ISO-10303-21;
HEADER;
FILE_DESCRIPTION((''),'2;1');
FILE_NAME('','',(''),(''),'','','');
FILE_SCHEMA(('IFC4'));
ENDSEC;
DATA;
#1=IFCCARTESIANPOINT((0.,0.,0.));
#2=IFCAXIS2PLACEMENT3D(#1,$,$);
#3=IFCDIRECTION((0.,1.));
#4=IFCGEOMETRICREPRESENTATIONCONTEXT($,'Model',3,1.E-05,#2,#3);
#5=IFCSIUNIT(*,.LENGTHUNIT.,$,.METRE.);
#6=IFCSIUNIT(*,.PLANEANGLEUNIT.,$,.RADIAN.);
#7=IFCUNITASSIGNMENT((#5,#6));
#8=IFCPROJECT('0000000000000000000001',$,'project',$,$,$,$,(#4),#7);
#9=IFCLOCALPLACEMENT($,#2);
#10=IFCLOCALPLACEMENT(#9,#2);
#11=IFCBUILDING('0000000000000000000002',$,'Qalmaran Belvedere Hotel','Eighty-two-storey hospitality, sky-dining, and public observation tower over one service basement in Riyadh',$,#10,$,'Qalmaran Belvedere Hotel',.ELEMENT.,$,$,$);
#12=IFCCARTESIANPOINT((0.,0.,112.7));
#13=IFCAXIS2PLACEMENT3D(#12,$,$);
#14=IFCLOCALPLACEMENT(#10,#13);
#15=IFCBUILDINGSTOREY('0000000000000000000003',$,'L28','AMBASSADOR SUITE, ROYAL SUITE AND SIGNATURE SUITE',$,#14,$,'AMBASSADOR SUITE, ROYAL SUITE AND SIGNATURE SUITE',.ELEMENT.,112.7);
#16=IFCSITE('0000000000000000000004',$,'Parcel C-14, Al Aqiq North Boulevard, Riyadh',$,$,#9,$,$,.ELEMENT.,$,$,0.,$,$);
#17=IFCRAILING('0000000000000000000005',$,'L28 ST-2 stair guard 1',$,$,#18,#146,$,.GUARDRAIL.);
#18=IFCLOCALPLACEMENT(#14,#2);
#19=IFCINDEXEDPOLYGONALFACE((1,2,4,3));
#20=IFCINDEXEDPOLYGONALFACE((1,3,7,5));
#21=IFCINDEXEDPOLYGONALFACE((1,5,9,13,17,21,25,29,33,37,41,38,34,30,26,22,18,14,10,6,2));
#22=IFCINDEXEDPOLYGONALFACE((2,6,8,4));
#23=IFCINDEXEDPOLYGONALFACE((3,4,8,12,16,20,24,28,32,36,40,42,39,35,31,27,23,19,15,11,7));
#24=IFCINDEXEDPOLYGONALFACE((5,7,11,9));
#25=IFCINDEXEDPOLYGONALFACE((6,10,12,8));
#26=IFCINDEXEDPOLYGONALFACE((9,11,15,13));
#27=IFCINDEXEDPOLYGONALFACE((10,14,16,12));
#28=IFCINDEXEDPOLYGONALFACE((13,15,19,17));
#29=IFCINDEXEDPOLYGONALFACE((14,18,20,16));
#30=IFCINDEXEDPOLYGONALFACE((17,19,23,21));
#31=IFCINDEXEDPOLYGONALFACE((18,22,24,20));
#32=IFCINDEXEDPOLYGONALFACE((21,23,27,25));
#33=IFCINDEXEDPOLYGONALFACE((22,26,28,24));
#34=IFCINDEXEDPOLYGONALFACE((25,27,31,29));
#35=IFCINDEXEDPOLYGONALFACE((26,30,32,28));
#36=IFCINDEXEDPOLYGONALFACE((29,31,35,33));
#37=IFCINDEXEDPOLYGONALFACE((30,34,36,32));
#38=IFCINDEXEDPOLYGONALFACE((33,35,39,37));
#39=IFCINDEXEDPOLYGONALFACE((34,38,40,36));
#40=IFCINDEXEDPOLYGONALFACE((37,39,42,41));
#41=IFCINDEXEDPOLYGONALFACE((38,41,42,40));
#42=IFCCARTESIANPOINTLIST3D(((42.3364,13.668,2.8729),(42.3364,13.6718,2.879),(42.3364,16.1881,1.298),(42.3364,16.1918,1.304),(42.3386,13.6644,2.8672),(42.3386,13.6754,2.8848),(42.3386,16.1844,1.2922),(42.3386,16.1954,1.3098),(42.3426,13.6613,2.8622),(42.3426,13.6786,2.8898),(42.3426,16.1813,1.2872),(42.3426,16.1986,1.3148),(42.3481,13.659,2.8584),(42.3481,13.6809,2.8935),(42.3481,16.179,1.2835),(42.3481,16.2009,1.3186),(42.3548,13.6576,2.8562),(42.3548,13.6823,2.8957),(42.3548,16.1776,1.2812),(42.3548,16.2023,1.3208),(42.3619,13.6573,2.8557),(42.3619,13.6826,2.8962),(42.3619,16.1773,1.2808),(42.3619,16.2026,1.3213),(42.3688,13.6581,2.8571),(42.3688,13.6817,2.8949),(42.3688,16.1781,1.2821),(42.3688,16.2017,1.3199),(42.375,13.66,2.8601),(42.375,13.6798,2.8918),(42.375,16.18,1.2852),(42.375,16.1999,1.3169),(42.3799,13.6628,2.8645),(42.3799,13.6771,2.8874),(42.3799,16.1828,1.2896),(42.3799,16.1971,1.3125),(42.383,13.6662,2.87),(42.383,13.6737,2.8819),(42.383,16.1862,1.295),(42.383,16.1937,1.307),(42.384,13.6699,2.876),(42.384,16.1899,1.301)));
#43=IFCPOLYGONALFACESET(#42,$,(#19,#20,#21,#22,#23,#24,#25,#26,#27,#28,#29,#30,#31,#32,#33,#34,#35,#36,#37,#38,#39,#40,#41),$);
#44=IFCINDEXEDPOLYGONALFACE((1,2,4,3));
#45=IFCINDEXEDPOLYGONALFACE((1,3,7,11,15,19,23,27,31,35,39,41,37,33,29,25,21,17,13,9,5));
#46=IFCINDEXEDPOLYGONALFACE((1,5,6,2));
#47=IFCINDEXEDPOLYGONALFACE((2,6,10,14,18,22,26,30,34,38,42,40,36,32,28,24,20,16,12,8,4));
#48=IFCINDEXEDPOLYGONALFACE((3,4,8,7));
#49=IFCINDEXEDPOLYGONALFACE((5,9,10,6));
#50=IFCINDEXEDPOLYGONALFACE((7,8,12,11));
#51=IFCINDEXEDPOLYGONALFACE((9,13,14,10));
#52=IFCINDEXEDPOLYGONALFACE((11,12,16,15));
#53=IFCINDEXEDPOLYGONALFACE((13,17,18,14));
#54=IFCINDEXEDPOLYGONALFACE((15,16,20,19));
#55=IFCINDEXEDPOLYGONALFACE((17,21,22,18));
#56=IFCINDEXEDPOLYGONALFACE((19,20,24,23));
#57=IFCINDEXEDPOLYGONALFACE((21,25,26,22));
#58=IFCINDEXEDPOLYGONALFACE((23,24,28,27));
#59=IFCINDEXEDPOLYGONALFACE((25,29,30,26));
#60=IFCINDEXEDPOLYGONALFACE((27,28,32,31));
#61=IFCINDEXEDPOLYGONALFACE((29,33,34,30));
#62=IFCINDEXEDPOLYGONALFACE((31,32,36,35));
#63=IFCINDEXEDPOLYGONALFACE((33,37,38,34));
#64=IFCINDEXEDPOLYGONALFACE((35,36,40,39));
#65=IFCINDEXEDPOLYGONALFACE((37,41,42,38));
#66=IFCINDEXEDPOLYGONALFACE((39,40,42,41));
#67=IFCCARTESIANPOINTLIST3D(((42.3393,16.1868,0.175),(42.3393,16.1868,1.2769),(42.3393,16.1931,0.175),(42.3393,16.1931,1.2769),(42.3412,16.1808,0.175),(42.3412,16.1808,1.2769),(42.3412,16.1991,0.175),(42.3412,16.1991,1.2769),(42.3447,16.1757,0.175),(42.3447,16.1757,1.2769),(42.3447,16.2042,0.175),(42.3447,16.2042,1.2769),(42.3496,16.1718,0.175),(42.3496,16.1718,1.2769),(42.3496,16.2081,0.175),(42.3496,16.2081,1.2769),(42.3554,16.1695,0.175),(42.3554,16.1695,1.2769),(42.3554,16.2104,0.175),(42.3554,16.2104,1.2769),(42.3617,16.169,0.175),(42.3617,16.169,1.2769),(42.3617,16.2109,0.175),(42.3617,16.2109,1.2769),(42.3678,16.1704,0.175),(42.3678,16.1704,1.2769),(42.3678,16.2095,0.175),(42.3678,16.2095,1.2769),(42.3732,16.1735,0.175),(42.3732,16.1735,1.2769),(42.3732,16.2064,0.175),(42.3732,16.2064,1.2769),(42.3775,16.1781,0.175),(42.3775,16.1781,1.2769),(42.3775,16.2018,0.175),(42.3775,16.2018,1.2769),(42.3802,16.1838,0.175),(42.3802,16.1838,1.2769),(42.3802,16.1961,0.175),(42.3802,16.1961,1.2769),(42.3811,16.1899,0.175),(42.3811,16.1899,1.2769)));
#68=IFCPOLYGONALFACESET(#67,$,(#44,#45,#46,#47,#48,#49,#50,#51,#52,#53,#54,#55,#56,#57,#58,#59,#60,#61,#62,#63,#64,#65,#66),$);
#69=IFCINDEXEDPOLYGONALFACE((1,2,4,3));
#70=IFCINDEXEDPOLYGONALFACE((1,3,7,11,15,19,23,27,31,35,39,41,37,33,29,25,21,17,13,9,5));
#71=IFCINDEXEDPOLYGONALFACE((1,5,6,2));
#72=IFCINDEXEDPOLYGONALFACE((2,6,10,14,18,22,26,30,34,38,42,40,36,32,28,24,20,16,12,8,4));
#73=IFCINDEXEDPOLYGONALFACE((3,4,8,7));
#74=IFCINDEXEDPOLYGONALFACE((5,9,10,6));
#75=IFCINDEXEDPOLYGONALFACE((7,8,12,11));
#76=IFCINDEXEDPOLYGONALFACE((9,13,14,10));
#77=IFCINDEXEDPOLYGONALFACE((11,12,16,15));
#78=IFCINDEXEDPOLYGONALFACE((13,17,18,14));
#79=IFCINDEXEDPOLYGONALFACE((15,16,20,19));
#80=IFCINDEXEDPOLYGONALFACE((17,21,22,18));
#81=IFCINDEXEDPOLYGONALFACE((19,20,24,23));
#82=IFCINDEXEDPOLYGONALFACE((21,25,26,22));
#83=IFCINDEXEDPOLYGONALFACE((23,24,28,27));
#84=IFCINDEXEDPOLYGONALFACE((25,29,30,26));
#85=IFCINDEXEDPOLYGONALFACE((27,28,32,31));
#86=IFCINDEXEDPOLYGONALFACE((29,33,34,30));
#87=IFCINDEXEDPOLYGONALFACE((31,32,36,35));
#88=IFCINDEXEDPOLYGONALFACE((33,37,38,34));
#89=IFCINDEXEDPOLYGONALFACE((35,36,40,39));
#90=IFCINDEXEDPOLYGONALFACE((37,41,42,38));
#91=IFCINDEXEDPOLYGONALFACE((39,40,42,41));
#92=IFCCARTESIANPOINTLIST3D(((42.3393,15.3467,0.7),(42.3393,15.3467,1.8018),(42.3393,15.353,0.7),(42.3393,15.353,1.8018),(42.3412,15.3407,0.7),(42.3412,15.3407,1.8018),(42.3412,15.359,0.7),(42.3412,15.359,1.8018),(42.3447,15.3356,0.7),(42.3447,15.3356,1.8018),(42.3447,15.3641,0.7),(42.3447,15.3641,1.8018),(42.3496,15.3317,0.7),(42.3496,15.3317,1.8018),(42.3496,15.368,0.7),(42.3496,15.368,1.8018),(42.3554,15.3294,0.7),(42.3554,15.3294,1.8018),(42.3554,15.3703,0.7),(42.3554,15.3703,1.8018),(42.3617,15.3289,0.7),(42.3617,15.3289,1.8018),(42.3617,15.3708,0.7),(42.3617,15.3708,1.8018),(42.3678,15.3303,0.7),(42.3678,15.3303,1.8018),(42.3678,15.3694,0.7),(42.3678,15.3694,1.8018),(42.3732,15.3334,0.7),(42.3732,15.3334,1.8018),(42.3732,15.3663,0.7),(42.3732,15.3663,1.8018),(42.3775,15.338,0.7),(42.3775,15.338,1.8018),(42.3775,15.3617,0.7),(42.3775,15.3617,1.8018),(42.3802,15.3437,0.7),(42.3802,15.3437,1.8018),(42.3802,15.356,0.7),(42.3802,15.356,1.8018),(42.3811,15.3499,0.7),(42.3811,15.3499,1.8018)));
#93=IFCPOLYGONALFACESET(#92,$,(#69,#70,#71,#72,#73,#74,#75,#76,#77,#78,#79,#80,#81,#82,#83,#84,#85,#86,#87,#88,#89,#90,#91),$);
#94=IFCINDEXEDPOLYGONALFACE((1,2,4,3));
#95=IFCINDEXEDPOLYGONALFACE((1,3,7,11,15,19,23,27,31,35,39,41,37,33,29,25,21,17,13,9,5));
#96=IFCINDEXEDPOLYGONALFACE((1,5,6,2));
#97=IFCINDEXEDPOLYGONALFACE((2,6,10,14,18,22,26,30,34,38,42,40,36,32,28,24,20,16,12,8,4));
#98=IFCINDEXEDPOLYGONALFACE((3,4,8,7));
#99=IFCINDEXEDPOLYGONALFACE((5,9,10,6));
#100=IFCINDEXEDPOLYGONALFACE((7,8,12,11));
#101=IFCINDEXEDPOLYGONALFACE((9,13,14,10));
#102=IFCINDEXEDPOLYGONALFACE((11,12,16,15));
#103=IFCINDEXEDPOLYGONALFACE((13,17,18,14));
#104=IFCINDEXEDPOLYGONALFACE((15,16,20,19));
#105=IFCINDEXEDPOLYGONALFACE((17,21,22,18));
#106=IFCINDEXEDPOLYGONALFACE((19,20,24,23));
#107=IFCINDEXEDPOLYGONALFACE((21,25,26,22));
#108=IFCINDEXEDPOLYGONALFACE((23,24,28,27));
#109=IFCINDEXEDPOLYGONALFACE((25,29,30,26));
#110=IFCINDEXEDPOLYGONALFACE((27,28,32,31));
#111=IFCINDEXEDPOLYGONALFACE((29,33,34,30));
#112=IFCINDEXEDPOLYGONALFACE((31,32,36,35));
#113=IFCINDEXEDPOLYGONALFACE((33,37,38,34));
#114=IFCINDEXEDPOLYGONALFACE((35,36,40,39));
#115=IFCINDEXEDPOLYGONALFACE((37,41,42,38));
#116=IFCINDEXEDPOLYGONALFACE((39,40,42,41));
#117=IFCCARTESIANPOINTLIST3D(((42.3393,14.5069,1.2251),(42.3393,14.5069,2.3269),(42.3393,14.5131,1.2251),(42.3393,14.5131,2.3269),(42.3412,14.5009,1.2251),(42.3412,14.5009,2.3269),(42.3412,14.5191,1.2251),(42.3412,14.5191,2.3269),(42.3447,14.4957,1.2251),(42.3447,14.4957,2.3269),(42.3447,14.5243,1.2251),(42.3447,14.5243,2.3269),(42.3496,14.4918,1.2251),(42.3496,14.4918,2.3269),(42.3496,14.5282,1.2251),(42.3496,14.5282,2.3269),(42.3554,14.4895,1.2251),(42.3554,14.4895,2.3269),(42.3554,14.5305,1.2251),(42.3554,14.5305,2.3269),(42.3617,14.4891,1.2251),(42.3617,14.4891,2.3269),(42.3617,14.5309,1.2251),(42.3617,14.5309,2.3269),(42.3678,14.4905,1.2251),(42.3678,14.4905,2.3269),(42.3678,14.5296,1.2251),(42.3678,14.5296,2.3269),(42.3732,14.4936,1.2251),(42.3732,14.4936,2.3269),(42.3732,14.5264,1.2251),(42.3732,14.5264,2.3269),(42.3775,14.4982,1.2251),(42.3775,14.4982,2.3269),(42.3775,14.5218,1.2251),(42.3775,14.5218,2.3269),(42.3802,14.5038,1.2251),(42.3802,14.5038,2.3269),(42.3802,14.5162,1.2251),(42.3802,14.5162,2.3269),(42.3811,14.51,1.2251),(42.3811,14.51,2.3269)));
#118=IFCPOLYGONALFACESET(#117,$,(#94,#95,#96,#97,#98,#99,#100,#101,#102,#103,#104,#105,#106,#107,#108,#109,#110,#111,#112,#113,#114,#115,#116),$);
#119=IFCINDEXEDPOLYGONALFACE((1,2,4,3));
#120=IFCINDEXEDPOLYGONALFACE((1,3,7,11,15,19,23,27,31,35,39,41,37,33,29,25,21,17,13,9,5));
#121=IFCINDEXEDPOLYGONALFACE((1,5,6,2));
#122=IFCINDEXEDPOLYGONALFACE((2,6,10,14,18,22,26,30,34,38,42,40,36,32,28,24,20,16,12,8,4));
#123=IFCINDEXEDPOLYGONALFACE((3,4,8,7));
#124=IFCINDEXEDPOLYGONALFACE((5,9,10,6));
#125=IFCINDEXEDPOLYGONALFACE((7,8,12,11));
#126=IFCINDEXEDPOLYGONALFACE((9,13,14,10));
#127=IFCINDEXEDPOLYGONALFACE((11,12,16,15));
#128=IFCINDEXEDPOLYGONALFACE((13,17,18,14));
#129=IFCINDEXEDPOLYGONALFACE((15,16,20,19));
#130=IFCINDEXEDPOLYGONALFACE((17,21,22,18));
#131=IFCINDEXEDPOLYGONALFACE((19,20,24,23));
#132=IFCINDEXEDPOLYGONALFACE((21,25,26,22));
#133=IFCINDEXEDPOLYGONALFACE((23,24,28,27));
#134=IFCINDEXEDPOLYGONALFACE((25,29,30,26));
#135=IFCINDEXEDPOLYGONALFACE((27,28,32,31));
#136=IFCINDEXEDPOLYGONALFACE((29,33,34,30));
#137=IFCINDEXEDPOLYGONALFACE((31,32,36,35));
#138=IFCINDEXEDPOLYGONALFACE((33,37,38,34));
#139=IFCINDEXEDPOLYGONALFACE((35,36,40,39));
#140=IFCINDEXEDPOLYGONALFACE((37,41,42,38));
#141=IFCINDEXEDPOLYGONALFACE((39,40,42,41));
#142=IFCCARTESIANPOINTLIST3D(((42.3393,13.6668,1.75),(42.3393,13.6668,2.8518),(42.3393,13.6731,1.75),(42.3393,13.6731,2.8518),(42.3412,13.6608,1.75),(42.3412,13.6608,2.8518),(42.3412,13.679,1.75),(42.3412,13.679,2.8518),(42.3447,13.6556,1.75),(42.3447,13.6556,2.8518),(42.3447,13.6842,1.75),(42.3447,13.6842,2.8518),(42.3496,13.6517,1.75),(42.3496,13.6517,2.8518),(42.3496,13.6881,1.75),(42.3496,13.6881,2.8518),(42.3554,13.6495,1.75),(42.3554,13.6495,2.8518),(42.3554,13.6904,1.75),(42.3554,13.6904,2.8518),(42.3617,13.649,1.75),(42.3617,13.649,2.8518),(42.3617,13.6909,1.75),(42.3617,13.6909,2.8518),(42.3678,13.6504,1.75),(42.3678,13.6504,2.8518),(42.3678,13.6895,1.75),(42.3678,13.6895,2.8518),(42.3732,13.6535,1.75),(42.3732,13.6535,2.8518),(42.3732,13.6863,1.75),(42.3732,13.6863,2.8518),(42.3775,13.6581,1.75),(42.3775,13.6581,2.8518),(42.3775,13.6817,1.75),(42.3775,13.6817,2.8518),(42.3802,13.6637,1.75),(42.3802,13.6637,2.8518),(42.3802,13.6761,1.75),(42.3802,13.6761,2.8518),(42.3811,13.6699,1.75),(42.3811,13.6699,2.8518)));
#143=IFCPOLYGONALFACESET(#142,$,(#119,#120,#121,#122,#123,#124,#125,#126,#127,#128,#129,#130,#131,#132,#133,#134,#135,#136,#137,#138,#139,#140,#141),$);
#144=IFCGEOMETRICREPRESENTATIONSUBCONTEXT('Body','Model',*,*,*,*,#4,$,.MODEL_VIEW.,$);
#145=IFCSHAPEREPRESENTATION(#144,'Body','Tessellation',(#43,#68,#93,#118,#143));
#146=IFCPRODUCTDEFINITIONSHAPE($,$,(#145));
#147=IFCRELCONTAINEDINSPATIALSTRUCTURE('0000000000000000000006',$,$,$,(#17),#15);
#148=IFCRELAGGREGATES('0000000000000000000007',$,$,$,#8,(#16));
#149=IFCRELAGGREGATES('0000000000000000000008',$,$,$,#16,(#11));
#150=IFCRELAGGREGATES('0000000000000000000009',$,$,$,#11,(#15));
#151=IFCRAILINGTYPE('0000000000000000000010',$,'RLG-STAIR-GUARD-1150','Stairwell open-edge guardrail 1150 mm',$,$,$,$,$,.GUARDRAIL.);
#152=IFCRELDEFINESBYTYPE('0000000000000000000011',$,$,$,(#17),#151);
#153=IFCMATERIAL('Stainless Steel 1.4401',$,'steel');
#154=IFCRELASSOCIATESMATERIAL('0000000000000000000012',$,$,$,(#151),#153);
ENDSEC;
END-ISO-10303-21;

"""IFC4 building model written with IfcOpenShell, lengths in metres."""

from ifc_helpers import new_model, si_unit, direction, frame, origin, origin_2d, place, context, subcontext, project, spatial, circle, extrude, material, type_object, element, save


model = new_model("IFC4")

# Units and contexts
model_context = context("Model", 3, precision=1e-05, world=origin(), true_north=direction((0.0, 1.0)))
body_context = subcontext(model_context, "Body", "Model", "MODEL_VIEW")
ifc_project = project(units=[si_unit("LENGTHUNIT", "METRE"), si_unit("PLANEANGLEUNIT", "RADIAN")], contexts=[model_context])

# Site, building, storey
site_placement = place(None, origin())
site = spatial("IfcSite", under=ifc_project, at=site_placement, Name="Parcel C-14, Al Aqiq North Boulevard, Riyadh", CompositionType="ELEMENT", RefElevation=0.0)
building_placement = place(site_placement, origin())
building = spatial("IfcBuilding", under=site, at=building_placement, Name="Qalmaran Belvedere Hotel", Description="Eighty-two-storey hospitality, sky-dining, and public observation tower over one service basement in Riyadh", LongName="Qalmaran Belvedere Hotel", CompositionType="ELEMENT")
storey_placement = place(building_placement, frame((0.0, 0.0, 112.7)))
storey = spatial("IfcBuildingStorey", under=building, at=storey_placement, Name="L28", Description="AMBASSADOR SUITE, ROYAL SUITE AND SIGNATURE SUITE", LongName="AMBASSADOR SUITE, ROYAL SUITE AND SIGNATURE SUITE", CompositionType="ELEMENT", Elevation=112.7)

# Shared definitions
ifc_material_1 = material(Name="Stainless Steel 1.4401", Category="steel")

# Railing
railing_type_1 = type_object("IfcRailingType", Name="RLG-STAIR-GUARD-1150", Description="Stairwell open-edge guardrail 1150 mm", PredefinedType="GUARDRAIL", material=ifc_material_1)
railing_1_placement = place(storey_placement, frame((42.3601, 16.1899, 0.175)))
element("IfcRailing", 1, at=railing_1_placement, inside=storey, type_object=railing_type_1, Name="L28 ST-2 stair guard 1", PredefinedType="GUARDRAIL", context=body_context, shape_type="SweptSolid", body=[
    extrude(circle(Radius=0.0239, at=origin_2d()), frame((0.0, 0.0, 1.126), z_axis=(0.0, -0.848008, 0.529984), x_axis=(1.0, 0.0, 0.0)), (0.0, 0.0, 1.0), 2.9717),
    extrude(circle(Radius=0.021, at=origin_2d()), origin(), (0.0, 0.0, 1.0), 1.1018),
    extrude(circle(Radius=0.021, at=origin_2d()), frame((0.0, -0.8401, 0.5249)), (0.0, 0.0, 1.0), 1.1018),
    extrude(circle(Radius=0.021, at=origin_2d()), frame((0.0, -1.6799, 1.05)), (0.0, 0.0, 1.0), 1.1018),
    extrude(circle(Radius=0.021, at=origin_2d()), frame((0.0, -2.52, 1.575)), (0.0, 0.0, 1.0), 1.1018),
])

save(model, "model.ifc")
